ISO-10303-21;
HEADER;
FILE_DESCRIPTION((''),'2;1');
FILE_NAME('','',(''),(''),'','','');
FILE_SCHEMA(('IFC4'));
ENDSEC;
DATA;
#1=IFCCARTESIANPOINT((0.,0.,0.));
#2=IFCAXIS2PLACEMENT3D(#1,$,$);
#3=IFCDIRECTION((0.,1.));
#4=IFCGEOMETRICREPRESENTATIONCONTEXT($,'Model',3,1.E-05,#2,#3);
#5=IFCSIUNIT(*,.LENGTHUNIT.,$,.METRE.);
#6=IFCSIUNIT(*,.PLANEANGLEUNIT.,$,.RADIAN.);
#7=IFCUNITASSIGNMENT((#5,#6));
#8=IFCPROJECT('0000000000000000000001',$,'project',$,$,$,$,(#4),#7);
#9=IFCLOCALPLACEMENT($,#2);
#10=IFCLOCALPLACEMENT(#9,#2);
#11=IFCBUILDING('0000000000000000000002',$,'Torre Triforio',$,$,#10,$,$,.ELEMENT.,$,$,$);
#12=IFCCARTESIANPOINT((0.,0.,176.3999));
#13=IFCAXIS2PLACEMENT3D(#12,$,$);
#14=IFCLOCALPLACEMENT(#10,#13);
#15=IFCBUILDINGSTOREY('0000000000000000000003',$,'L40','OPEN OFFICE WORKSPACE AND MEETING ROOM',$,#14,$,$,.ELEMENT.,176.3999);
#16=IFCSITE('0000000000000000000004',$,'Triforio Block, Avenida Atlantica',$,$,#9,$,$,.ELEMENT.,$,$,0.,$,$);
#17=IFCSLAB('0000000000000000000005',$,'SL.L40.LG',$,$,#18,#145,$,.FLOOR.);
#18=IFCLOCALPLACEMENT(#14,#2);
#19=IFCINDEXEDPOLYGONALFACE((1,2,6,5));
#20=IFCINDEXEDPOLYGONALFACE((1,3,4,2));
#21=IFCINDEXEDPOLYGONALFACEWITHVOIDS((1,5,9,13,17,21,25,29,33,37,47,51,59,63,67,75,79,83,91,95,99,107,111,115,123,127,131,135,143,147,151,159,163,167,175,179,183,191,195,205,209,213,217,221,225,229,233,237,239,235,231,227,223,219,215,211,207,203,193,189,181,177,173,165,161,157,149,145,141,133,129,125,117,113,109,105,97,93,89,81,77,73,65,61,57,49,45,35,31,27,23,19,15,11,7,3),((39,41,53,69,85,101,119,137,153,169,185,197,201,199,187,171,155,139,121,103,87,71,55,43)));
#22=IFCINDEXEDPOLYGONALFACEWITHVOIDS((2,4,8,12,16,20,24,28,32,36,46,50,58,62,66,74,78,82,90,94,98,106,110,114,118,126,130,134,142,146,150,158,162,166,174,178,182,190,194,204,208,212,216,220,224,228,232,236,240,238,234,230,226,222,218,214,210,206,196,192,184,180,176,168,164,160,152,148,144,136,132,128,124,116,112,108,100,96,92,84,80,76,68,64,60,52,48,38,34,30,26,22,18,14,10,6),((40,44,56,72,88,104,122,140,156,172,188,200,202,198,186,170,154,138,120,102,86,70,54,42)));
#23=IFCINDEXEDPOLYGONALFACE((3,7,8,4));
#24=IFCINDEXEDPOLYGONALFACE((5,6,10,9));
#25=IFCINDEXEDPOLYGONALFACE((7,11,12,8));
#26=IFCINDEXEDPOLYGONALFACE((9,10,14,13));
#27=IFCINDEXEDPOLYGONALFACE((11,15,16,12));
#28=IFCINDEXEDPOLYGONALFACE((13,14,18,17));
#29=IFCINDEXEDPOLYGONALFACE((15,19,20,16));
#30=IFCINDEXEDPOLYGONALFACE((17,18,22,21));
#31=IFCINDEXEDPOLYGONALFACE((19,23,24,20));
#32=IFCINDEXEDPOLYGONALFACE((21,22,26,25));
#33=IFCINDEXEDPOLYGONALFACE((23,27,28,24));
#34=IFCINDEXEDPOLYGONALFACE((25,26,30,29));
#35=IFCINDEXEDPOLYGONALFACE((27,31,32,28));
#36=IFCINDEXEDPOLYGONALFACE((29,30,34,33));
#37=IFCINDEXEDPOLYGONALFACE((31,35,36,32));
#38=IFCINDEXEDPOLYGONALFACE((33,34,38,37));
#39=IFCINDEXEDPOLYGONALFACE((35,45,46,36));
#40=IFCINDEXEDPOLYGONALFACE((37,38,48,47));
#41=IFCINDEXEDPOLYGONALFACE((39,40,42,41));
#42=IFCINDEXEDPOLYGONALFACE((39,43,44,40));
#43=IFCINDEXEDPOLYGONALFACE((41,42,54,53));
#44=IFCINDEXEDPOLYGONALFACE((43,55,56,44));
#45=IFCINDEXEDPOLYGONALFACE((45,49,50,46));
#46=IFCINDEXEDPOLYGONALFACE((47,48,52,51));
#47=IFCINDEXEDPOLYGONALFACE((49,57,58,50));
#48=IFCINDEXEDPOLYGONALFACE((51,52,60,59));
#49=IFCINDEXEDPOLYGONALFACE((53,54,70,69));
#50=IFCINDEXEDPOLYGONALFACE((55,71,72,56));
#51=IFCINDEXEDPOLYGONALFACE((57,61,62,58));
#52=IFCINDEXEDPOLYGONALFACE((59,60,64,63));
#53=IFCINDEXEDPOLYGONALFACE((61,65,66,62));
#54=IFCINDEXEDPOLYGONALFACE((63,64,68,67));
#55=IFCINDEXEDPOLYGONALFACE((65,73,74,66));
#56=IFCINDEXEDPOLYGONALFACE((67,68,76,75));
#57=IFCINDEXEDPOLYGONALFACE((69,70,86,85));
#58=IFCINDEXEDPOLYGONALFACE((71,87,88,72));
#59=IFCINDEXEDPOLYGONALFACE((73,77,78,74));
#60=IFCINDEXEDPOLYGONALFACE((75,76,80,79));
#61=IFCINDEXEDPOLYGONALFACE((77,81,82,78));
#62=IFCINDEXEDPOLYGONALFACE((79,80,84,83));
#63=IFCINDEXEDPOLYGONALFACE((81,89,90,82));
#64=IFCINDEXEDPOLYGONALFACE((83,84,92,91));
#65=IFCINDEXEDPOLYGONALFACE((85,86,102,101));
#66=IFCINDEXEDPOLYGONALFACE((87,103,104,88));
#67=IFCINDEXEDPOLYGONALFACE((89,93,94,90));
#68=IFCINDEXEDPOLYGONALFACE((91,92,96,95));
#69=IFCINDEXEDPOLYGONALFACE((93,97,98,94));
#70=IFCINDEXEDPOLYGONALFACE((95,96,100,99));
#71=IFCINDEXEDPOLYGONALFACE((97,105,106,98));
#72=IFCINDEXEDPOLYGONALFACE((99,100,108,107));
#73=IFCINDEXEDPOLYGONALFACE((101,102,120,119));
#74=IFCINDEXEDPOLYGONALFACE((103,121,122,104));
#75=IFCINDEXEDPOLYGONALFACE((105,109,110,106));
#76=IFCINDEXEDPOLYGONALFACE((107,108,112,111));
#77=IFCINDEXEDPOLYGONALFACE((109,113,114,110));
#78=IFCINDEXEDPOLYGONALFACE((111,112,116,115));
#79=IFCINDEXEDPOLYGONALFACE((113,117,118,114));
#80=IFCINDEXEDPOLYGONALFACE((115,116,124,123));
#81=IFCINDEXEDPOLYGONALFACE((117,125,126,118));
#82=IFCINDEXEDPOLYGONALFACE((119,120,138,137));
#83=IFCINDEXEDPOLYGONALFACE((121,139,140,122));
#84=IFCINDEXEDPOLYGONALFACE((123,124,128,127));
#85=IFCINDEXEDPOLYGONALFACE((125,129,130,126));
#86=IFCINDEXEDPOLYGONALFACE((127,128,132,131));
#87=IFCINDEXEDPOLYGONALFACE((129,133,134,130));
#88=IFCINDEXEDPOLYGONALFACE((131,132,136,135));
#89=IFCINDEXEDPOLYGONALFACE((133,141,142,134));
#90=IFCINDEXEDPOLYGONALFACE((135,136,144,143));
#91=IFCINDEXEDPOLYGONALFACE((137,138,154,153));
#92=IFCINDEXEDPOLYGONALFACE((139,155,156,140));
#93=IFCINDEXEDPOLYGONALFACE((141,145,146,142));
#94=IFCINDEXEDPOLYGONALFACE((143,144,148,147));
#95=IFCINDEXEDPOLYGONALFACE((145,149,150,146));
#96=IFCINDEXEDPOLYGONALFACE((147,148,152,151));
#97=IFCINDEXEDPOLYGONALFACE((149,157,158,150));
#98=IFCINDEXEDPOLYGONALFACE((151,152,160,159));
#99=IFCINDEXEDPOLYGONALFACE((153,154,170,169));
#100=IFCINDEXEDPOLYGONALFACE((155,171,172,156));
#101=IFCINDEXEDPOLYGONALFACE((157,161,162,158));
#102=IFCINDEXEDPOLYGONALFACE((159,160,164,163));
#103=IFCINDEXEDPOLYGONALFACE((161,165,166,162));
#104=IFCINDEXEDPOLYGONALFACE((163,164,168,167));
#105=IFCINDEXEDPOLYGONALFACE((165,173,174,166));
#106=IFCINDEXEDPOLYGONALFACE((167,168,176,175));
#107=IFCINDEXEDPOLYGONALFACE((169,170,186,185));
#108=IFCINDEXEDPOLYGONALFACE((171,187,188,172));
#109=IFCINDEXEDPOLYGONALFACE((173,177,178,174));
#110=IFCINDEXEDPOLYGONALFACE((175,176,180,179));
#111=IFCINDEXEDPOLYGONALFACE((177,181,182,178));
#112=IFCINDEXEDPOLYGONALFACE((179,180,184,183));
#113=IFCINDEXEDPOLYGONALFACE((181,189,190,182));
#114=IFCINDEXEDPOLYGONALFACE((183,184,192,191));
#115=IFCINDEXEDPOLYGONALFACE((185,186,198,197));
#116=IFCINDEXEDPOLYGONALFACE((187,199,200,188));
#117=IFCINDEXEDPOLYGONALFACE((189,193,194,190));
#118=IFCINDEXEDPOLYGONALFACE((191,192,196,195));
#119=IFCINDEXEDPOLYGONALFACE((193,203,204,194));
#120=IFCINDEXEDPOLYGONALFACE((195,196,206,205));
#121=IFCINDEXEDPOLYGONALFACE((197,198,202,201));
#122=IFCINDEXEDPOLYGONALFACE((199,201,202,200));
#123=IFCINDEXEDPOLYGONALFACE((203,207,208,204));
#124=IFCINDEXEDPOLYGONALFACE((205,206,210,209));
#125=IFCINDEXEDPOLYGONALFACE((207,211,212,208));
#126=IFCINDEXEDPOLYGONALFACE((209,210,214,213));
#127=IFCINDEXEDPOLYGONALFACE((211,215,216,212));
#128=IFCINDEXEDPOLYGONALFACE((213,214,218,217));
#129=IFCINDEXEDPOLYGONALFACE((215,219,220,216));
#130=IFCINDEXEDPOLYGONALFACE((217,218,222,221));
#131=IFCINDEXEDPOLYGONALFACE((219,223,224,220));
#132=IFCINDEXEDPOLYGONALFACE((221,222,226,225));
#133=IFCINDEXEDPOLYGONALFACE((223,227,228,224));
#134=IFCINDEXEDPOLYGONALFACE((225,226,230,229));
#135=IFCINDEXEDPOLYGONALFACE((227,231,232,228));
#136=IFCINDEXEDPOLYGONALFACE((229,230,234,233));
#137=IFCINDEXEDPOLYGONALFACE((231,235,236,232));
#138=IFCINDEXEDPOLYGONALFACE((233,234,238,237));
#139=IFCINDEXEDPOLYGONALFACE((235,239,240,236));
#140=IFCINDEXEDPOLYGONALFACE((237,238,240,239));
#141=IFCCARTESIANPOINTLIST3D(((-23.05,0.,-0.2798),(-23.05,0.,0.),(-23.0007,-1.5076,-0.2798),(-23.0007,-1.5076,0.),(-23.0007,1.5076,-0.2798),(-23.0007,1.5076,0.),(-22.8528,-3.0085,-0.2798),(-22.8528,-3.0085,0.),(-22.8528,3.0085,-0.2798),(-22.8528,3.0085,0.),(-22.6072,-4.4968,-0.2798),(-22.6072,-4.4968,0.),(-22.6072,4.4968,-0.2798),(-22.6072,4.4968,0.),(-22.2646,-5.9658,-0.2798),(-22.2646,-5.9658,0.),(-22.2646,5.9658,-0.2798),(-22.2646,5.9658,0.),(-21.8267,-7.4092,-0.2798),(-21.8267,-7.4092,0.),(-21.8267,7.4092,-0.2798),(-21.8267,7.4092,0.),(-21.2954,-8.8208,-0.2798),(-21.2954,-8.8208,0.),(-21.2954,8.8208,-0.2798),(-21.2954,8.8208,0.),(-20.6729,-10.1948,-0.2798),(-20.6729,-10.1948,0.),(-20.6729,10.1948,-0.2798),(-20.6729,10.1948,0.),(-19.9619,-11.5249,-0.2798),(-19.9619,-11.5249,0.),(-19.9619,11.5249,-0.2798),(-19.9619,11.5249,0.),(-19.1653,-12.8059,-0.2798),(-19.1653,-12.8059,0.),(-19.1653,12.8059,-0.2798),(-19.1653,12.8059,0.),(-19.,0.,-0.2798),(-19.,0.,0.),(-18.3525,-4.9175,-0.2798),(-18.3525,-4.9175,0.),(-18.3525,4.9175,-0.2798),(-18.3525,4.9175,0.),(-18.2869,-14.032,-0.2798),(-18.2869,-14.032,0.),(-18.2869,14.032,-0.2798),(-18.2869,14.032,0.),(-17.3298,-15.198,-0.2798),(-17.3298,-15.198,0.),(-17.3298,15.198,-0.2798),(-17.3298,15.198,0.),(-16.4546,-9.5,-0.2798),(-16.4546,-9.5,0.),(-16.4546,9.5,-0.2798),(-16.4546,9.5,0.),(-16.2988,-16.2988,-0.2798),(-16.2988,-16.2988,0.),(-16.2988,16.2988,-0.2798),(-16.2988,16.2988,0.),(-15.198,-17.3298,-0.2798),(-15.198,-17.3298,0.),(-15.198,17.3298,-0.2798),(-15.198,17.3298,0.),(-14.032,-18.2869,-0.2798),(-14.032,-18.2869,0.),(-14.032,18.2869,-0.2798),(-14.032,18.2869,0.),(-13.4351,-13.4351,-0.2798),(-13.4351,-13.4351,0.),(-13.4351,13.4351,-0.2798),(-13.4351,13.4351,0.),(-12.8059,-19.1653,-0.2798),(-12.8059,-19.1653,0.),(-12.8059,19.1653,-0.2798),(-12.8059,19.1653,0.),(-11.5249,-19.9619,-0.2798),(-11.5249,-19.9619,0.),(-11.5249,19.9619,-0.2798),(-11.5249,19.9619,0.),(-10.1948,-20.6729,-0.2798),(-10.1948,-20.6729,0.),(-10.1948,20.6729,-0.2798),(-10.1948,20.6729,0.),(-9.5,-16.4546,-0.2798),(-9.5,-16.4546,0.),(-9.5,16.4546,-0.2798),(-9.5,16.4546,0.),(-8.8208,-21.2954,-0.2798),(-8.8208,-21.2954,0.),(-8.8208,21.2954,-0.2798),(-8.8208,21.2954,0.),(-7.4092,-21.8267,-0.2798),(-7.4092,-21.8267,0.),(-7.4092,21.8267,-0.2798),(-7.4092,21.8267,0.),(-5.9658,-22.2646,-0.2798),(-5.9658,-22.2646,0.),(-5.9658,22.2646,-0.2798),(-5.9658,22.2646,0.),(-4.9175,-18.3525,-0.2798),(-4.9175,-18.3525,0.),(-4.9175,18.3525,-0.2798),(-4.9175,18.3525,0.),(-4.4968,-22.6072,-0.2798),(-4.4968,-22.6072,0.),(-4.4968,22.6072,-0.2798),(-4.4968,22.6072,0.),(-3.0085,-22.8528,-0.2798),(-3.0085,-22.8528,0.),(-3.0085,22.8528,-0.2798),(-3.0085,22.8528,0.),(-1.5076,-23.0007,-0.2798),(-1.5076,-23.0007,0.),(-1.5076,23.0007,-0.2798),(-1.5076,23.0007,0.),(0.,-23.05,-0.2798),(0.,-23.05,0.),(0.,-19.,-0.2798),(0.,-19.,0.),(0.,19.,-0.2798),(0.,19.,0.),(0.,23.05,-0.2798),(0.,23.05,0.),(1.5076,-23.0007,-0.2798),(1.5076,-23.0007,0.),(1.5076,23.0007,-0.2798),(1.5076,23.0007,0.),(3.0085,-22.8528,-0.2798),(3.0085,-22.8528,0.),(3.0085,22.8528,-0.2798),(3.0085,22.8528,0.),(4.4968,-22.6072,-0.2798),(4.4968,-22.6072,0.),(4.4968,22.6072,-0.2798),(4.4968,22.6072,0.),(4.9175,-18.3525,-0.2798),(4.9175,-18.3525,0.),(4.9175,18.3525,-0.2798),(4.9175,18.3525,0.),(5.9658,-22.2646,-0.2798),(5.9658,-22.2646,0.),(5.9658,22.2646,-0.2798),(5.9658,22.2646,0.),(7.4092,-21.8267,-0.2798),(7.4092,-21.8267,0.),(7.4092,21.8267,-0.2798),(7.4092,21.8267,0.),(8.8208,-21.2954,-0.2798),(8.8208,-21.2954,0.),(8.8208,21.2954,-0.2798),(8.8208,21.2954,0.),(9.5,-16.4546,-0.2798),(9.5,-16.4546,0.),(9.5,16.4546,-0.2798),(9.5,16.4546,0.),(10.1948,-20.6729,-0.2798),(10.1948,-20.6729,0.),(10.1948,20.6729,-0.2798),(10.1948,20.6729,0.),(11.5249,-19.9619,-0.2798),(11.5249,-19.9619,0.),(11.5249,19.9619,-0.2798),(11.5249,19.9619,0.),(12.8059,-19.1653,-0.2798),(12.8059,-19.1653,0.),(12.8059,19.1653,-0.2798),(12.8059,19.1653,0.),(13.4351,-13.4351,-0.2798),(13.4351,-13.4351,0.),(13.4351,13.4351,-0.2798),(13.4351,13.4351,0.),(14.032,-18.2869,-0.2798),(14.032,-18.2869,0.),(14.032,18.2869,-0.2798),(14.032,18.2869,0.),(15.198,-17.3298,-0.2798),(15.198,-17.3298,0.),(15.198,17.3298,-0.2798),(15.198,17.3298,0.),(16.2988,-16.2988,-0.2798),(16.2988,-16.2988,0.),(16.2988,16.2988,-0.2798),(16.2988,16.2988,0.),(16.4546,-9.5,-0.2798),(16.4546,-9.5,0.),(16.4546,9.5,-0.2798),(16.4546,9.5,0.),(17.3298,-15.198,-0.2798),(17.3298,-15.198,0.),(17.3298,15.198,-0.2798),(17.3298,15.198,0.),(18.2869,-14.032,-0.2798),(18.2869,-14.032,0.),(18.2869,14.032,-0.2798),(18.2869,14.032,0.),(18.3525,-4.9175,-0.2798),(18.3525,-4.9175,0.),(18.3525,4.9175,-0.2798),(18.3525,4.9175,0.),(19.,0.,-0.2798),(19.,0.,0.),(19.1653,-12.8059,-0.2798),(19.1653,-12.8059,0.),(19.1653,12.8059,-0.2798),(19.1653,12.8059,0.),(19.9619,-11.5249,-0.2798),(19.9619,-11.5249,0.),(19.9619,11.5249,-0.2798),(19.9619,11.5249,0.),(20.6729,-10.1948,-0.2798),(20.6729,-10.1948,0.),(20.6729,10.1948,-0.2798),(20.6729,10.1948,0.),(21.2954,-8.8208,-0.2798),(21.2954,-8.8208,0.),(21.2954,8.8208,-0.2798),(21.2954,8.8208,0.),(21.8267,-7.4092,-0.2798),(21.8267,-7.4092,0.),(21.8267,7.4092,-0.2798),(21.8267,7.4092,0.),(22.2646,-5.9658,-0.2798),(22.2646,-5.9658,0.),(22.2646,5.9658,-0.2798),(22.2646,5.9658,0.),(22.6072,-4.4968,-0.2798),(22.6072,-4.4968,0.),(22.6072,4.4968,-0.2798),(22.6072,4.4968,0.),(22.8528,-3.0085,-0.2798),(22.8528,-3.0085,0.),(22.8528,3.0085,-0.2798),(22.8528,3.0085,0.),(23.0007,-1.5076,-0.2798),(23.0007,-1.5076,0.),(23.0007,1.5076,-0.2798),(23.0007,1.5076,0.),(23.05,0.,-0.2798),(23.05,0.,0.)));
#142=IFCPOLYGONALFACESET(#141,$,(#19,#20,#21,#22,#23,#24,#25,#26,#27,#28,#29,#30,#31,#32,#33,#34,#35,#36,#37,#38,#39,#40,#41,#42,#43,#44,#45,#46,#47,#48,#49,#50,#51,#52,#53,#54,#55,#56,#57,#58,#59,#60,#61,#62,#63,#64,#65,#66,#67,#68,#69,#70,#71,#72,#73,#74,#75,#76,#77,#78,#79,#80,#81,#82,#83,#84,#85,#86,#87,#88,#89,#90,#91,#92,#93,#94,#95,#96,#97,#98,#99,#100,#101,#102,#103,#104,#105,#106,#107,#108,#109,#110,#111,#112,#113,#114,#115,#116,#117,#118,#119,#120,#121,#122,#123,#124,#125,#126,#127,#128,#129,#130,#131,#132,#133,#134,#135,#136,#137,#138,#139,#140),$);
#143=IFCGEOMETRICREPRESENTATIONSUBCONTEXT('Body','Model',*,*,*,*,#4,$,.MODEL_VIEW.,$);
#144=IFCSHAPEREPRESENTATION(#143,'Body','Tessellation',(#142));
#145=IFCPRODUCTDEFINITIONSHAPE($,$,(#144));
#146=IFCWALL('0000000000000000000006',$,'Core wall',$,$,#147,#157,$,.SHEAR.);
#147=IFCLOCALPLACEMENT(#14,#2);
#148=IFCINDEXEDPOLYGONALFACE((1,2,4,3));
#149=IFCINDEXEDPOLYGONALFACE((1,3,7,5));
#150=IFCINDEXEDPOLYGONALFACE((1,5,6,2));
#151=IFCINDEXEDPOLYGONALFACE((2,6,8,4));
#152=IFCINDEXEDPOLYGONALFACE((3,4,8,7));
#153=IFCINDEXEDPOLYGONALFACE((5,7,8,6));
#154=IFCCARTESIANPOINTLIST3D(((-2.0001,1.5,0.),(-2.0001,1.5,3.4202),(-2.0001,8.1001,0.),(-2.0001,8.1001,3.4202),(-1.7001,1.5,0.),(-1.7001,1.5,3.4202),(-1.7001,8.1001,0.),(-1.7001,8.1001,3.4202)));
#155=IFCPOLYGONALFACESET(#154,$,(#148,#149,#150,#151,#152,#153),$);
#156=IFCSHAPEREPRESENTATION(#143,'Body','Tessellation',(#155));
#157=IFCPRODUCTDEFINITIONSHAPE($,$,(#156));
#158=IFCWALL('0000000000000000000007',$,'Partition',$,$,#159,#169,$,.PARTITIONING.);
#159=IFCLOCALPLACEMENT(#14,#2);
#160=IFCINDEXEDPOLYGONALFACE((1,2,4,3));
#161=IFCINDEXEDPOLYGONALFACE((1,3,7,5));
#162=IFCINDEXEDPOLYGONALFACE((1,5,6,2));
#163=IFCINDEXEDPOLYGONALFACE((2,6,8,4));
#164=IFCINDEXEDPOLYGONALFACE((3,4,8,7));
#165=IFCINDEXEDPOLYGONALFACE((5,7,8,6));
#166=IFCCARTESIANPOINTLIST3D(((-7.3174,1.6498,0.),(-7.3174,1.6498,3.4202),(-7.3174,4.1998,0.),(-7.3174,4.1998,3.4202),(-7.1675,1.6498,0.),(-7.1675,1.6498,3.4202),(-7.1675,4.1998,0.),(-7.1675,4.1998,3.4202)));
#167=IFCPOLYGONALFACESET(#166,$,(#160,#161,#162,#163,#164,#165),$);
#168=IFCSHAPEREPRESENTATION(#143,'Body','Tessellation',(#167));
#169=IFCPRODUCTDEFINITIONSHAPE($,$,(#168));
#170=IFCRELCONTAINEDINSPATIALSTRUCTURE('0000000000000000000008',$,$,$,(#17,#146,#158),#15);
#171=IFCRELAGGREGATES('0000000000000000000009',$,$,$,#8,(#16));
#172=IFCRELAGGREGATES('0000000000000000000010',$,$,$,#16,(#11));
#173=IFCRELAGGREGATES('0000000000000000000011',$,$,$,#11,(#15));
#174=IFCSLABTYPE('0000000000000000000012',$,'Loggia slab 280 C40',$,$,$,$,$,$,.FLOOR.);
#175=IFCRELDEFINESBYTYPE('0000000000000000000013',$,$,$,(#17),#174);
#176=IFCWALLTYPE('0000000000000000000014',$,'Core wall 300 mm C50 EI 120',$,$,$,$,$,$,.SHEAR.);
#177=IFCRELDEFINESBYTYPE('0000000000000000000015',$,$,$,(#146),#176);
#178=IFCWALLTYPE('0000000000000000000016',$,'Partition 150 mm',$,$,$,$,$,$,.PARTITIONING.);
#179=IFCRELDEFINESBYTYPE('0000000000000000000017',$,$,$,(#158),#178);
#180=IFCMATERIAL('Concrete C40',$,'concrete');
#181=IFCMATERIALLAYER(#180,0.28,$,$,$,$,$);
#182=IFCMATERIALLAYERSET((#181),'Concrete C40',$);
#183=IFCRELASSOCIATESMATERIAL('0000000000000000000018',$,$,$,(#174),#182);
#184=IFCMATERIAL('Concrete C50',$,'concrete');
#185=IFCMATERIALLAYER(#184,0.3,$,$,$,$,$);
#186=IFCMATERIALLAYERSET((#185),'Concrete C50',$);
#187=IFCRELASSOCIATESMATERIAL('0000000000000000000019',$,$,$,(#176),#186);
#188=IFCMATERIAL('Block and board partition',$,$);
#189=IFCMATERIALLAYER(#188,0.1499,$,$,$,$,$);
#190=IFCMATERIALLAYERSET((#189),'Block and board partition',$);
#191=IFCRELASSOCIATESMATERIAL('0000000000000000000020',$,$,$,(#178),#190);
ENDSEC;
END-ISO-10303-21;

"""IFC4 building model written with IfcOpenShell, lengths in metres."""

from ifc_helpers import new_model, si_unit, direction, frame, frame_2d, origin, place, context, subcontext, project, spatial, polyline, rectangle, outline, extrude, material, layer, layer_set, type_object, element, save


model = new_model("IFC4")

# Units and contexts
model_context = context("Model", 3, precision=1e-05, world=origin(), true_north=direction((0.0, 1.0)))
body_context = subcontext(model_context, "Body", "Model", "MODEL_VIEW")
ifc_project = project(units=[si_unit("LENGTHUNIT", "METRE"), si_unit("PLANEANGLEUNIT", "RADIAN")], contexts=[model_context])

# Site, building, storey
site_placement = place(None, origin())
site = spatial("IfcSite", under=ifc_project, at=site_placement, Name="Triforio Block, Avenida Atlantica", CompositionType="ELEMENT", RefElevation=0.0)
building_placement = place(site_placement, origin())
building = spatial("IfcBuilding", under=site, at=building_placement, Name="Torre Triforio", CompositionType="ELEMENT")
storey_placement = place(building_placement, frame((0.0, 0.0, 176.3999)))
storey = spatial("IfcBuildingStorey", under=building, at=storey_placement, Name="L40", Description="OPEN OFFICE WORKSPACE AND MEETING ROOM", CompositionType="ELEMENT", Elevation=176.3999)

# Slab
ifc_material_1 = material(Name="Concrete C40", Category="concrete")
ifc_layer_1 = layer(ifc_material_1, 0.28)
ifc_layer_set_1 = layer_set([ifc_layer_1], Name="Concrete C40")
slab_type_1 = type_object("IfcSlabType", Name="Loggia slab 280 C40", PredefinedType="FLOOR", material=ifc_layer_set_1)
slab_1_placement = place(storey_placement, frame((0.0, 0.0, -0.2798)))
element("IfcSlab", 1, at=slab_1_placement, inside=storey, type_object=slab_type_1, Name="SL.L40.LG", PredefinedType="FLOOR", context=body_context, shape_type="SweptSolid", body=[
    extrude(outline(polyline([(23.0007, -1.5076), (23.05, 0.0), (23.0007, 1.5076), (22.8528, 3.0085), (22.6072, 4.4968), (22.2646, 5.9658), (21.8267, 7.4092), (21.2954, 8.8208), (20.6729, 10.1948), (19.9619, 11.5249), (19.1653, 12.8059), (18.2869, 14.032), (17.3298, 15.198), (16.2988, 16.2988), (15.198, 17.3298), (14.032, 18.2869), (12.8059, 19.1653), (11.5249, 19.9619), (10.1948, 20.6729), (8.8208, 21.2954), (7.4092, 21.8267), (5.9658, 22.2646), (4.4968, 22.6072), (3.0085, 22.8528), (1.5076, 23.0007), (0.0, 23.05), (-1.5076, 23.0007), (-3.0085, 22.8528), (-4.4968, 22.6072), (-5.9658, 22.2646), (-7.4092, 21.8267), (-8.8208, 21.2954), (-10.1948, 20.6729), (-11.5249, 19.9619), (-12.8059, 19.1653), (-14.032, 18.2869), (-15.198, 17.3298), (-16.2988, 16.2988), (-17.3298, 15.198), (-18.2869, 14.032), (-19.1653, 12.8059), (-19.9619, 11.5249), (-20.6729, 10.1948), (-21.2954, 8.8208), (-21.8267, 7.4092), (-22.2646, 5.9658), (-22.6072, 4.4968), (-22.8528, 3.0085), (-23.0007, 1.5076), (-23.05, 0.0), (-23.0007, -1.5076), (-22.8528, -3.0085), (-22.6072, -4.4968), (-22.2646, -5.9658), (-21.8267, -7.4092), (-21.2954, -8.8208), (-20.6729, -10.1948), (-19.9619, -11.5249), (-19.1653, -12.8059), (-18.2869, -14.032), (-17.3298, -15.198), (-16.2988, -16.2988), (-15.198, -17.3298), (-14.032, -18.2869), (-12.8059, -19.1653), (-11.5249, -19.9619), (-10.1948, -20.6729), (-8.8208, -21.2954), (-7.4092, -21.8267), (-5.9658, -22.2646), (-4.4968, -22.6072), (-3.0085, -22.8528), (-1.5076, -23.0007), (0.0, -23.05), (1.5076, -23.0007), (3.0085, -22.8528), (4.4968, -22.6072), (5.9658, -22.2646), (7.4092, -21.8267), (8.8208, -21.2954), (10.1948, -20.6729), (11.5249, -19.9619), (12.8059, -19.1653), (14.032, -18.2869), (15.198, -17.3298), (16.2988, -16.2988), (17.3298, -15.198), (18.2869, -14.032), (19.1653, -12.8059), (19.9619, -11.5249), (20.6729, -10.1948), (21.2954, -8.8208), (21.8267, -7.4092), (22.2646, -5.9658), (22.6072, -4.4968), (22.8528, -3.0085), (23.0007, -1.5076)]), holes=[polyline([(18.3525, 4.9175), (19.0, 0.0), (18.3525, -4.9175), (16.4546, -9.5), (13.4351, -13.4351), (9.5, -16.4546), (4.9175, -18.3525), (0.0, -19.0), (-4.9175, -18.3525), (-9.5, -16.4546), (-13.4351, -13.4351), (-16.4546, -9.5), (-18.3525, -4.9175), (-19.0, 0.0), (-18.3525, 4.9175), (-16.4546, 9.5), (-13.4351, 13.4351), (-9.5, 16.4546), (-4.9175, 18.3525), (0.0, 19.0), (4.9175, 18.3525), (9.5, 16.4546), (13.4351, 13.4351), (16.4546, 9.5), (18.3525, 4.9175)])]), origin(), (0.0, 0.0, 1.0), 0.2798),
])

# Walls
ifc_material_2 = material(Name="Concrete C50", Category="concrete")
ifc_layer_2 = layer(ifc_material_2, 0.3)
ifc_layer_set_2 = layer_set([ifc_layer_2], Name="Concrete C50")
wall_type_1 = type_object("IfcWallType", Name="Core wall 300 mm C50 EI 120", PredefinedType="SHEAR", material=ifc_layer_set_2)
wall_1_placement = place(storey_placement, frame((-1.8501, 1.5, 0.0), z_axis=(0.0, 0.0, 1.0), x_axis=(0.0, 1.0, 0.0)))
element("IfcWall", 2, at=wall_1_placement, inside=storey, type_object=wall_type_1, Name="Core wall", PredefinedType="SHEAR", context=body_context, shape_type="SweptSolid", body=[
    extrude(rectangle(XDim=6.6001, YDim=0.3, at=frame_2d((3.3, 0.0))), origin(), (0.0, 0.0, 1.0), 3.4202),
])
ifc_material_3 = material(Name="Block and board partition")
ifc_layer_3 = layer(ifc_material_3, 0.1499)
ifc_layer_set_3 = layer_set([ifc_layer_3], Name="Block and board partition")
wall_type_2 = type_object("IfcWallType", Name="Partition 150 mm", PredefinedType="PARTITIONING", material=ifc_layer_set_3)
wall_2_placement = place(storey_placement, frame((-7.2424, 1.6499, 0.0), z_axis=(0.0, 0.0, 1.0), x_axis=(0.0, 1.0, 0.0)))
element("IfcWall", 3, at=wall_2_placement, inside=storey, type_object=wall_type_2, Name="Partition", PredefinedType="PARTITIONING", context=body_context, shape_type="SweptSolid", body=[
    extrude(rectangle(XDim=2.55, YDim=0.1499, at=frame_2d((1.2749, 0.0))), origin(), (0.0, 0.0, 1.0), 3.4202),
])

save(model, "model.ifc")
